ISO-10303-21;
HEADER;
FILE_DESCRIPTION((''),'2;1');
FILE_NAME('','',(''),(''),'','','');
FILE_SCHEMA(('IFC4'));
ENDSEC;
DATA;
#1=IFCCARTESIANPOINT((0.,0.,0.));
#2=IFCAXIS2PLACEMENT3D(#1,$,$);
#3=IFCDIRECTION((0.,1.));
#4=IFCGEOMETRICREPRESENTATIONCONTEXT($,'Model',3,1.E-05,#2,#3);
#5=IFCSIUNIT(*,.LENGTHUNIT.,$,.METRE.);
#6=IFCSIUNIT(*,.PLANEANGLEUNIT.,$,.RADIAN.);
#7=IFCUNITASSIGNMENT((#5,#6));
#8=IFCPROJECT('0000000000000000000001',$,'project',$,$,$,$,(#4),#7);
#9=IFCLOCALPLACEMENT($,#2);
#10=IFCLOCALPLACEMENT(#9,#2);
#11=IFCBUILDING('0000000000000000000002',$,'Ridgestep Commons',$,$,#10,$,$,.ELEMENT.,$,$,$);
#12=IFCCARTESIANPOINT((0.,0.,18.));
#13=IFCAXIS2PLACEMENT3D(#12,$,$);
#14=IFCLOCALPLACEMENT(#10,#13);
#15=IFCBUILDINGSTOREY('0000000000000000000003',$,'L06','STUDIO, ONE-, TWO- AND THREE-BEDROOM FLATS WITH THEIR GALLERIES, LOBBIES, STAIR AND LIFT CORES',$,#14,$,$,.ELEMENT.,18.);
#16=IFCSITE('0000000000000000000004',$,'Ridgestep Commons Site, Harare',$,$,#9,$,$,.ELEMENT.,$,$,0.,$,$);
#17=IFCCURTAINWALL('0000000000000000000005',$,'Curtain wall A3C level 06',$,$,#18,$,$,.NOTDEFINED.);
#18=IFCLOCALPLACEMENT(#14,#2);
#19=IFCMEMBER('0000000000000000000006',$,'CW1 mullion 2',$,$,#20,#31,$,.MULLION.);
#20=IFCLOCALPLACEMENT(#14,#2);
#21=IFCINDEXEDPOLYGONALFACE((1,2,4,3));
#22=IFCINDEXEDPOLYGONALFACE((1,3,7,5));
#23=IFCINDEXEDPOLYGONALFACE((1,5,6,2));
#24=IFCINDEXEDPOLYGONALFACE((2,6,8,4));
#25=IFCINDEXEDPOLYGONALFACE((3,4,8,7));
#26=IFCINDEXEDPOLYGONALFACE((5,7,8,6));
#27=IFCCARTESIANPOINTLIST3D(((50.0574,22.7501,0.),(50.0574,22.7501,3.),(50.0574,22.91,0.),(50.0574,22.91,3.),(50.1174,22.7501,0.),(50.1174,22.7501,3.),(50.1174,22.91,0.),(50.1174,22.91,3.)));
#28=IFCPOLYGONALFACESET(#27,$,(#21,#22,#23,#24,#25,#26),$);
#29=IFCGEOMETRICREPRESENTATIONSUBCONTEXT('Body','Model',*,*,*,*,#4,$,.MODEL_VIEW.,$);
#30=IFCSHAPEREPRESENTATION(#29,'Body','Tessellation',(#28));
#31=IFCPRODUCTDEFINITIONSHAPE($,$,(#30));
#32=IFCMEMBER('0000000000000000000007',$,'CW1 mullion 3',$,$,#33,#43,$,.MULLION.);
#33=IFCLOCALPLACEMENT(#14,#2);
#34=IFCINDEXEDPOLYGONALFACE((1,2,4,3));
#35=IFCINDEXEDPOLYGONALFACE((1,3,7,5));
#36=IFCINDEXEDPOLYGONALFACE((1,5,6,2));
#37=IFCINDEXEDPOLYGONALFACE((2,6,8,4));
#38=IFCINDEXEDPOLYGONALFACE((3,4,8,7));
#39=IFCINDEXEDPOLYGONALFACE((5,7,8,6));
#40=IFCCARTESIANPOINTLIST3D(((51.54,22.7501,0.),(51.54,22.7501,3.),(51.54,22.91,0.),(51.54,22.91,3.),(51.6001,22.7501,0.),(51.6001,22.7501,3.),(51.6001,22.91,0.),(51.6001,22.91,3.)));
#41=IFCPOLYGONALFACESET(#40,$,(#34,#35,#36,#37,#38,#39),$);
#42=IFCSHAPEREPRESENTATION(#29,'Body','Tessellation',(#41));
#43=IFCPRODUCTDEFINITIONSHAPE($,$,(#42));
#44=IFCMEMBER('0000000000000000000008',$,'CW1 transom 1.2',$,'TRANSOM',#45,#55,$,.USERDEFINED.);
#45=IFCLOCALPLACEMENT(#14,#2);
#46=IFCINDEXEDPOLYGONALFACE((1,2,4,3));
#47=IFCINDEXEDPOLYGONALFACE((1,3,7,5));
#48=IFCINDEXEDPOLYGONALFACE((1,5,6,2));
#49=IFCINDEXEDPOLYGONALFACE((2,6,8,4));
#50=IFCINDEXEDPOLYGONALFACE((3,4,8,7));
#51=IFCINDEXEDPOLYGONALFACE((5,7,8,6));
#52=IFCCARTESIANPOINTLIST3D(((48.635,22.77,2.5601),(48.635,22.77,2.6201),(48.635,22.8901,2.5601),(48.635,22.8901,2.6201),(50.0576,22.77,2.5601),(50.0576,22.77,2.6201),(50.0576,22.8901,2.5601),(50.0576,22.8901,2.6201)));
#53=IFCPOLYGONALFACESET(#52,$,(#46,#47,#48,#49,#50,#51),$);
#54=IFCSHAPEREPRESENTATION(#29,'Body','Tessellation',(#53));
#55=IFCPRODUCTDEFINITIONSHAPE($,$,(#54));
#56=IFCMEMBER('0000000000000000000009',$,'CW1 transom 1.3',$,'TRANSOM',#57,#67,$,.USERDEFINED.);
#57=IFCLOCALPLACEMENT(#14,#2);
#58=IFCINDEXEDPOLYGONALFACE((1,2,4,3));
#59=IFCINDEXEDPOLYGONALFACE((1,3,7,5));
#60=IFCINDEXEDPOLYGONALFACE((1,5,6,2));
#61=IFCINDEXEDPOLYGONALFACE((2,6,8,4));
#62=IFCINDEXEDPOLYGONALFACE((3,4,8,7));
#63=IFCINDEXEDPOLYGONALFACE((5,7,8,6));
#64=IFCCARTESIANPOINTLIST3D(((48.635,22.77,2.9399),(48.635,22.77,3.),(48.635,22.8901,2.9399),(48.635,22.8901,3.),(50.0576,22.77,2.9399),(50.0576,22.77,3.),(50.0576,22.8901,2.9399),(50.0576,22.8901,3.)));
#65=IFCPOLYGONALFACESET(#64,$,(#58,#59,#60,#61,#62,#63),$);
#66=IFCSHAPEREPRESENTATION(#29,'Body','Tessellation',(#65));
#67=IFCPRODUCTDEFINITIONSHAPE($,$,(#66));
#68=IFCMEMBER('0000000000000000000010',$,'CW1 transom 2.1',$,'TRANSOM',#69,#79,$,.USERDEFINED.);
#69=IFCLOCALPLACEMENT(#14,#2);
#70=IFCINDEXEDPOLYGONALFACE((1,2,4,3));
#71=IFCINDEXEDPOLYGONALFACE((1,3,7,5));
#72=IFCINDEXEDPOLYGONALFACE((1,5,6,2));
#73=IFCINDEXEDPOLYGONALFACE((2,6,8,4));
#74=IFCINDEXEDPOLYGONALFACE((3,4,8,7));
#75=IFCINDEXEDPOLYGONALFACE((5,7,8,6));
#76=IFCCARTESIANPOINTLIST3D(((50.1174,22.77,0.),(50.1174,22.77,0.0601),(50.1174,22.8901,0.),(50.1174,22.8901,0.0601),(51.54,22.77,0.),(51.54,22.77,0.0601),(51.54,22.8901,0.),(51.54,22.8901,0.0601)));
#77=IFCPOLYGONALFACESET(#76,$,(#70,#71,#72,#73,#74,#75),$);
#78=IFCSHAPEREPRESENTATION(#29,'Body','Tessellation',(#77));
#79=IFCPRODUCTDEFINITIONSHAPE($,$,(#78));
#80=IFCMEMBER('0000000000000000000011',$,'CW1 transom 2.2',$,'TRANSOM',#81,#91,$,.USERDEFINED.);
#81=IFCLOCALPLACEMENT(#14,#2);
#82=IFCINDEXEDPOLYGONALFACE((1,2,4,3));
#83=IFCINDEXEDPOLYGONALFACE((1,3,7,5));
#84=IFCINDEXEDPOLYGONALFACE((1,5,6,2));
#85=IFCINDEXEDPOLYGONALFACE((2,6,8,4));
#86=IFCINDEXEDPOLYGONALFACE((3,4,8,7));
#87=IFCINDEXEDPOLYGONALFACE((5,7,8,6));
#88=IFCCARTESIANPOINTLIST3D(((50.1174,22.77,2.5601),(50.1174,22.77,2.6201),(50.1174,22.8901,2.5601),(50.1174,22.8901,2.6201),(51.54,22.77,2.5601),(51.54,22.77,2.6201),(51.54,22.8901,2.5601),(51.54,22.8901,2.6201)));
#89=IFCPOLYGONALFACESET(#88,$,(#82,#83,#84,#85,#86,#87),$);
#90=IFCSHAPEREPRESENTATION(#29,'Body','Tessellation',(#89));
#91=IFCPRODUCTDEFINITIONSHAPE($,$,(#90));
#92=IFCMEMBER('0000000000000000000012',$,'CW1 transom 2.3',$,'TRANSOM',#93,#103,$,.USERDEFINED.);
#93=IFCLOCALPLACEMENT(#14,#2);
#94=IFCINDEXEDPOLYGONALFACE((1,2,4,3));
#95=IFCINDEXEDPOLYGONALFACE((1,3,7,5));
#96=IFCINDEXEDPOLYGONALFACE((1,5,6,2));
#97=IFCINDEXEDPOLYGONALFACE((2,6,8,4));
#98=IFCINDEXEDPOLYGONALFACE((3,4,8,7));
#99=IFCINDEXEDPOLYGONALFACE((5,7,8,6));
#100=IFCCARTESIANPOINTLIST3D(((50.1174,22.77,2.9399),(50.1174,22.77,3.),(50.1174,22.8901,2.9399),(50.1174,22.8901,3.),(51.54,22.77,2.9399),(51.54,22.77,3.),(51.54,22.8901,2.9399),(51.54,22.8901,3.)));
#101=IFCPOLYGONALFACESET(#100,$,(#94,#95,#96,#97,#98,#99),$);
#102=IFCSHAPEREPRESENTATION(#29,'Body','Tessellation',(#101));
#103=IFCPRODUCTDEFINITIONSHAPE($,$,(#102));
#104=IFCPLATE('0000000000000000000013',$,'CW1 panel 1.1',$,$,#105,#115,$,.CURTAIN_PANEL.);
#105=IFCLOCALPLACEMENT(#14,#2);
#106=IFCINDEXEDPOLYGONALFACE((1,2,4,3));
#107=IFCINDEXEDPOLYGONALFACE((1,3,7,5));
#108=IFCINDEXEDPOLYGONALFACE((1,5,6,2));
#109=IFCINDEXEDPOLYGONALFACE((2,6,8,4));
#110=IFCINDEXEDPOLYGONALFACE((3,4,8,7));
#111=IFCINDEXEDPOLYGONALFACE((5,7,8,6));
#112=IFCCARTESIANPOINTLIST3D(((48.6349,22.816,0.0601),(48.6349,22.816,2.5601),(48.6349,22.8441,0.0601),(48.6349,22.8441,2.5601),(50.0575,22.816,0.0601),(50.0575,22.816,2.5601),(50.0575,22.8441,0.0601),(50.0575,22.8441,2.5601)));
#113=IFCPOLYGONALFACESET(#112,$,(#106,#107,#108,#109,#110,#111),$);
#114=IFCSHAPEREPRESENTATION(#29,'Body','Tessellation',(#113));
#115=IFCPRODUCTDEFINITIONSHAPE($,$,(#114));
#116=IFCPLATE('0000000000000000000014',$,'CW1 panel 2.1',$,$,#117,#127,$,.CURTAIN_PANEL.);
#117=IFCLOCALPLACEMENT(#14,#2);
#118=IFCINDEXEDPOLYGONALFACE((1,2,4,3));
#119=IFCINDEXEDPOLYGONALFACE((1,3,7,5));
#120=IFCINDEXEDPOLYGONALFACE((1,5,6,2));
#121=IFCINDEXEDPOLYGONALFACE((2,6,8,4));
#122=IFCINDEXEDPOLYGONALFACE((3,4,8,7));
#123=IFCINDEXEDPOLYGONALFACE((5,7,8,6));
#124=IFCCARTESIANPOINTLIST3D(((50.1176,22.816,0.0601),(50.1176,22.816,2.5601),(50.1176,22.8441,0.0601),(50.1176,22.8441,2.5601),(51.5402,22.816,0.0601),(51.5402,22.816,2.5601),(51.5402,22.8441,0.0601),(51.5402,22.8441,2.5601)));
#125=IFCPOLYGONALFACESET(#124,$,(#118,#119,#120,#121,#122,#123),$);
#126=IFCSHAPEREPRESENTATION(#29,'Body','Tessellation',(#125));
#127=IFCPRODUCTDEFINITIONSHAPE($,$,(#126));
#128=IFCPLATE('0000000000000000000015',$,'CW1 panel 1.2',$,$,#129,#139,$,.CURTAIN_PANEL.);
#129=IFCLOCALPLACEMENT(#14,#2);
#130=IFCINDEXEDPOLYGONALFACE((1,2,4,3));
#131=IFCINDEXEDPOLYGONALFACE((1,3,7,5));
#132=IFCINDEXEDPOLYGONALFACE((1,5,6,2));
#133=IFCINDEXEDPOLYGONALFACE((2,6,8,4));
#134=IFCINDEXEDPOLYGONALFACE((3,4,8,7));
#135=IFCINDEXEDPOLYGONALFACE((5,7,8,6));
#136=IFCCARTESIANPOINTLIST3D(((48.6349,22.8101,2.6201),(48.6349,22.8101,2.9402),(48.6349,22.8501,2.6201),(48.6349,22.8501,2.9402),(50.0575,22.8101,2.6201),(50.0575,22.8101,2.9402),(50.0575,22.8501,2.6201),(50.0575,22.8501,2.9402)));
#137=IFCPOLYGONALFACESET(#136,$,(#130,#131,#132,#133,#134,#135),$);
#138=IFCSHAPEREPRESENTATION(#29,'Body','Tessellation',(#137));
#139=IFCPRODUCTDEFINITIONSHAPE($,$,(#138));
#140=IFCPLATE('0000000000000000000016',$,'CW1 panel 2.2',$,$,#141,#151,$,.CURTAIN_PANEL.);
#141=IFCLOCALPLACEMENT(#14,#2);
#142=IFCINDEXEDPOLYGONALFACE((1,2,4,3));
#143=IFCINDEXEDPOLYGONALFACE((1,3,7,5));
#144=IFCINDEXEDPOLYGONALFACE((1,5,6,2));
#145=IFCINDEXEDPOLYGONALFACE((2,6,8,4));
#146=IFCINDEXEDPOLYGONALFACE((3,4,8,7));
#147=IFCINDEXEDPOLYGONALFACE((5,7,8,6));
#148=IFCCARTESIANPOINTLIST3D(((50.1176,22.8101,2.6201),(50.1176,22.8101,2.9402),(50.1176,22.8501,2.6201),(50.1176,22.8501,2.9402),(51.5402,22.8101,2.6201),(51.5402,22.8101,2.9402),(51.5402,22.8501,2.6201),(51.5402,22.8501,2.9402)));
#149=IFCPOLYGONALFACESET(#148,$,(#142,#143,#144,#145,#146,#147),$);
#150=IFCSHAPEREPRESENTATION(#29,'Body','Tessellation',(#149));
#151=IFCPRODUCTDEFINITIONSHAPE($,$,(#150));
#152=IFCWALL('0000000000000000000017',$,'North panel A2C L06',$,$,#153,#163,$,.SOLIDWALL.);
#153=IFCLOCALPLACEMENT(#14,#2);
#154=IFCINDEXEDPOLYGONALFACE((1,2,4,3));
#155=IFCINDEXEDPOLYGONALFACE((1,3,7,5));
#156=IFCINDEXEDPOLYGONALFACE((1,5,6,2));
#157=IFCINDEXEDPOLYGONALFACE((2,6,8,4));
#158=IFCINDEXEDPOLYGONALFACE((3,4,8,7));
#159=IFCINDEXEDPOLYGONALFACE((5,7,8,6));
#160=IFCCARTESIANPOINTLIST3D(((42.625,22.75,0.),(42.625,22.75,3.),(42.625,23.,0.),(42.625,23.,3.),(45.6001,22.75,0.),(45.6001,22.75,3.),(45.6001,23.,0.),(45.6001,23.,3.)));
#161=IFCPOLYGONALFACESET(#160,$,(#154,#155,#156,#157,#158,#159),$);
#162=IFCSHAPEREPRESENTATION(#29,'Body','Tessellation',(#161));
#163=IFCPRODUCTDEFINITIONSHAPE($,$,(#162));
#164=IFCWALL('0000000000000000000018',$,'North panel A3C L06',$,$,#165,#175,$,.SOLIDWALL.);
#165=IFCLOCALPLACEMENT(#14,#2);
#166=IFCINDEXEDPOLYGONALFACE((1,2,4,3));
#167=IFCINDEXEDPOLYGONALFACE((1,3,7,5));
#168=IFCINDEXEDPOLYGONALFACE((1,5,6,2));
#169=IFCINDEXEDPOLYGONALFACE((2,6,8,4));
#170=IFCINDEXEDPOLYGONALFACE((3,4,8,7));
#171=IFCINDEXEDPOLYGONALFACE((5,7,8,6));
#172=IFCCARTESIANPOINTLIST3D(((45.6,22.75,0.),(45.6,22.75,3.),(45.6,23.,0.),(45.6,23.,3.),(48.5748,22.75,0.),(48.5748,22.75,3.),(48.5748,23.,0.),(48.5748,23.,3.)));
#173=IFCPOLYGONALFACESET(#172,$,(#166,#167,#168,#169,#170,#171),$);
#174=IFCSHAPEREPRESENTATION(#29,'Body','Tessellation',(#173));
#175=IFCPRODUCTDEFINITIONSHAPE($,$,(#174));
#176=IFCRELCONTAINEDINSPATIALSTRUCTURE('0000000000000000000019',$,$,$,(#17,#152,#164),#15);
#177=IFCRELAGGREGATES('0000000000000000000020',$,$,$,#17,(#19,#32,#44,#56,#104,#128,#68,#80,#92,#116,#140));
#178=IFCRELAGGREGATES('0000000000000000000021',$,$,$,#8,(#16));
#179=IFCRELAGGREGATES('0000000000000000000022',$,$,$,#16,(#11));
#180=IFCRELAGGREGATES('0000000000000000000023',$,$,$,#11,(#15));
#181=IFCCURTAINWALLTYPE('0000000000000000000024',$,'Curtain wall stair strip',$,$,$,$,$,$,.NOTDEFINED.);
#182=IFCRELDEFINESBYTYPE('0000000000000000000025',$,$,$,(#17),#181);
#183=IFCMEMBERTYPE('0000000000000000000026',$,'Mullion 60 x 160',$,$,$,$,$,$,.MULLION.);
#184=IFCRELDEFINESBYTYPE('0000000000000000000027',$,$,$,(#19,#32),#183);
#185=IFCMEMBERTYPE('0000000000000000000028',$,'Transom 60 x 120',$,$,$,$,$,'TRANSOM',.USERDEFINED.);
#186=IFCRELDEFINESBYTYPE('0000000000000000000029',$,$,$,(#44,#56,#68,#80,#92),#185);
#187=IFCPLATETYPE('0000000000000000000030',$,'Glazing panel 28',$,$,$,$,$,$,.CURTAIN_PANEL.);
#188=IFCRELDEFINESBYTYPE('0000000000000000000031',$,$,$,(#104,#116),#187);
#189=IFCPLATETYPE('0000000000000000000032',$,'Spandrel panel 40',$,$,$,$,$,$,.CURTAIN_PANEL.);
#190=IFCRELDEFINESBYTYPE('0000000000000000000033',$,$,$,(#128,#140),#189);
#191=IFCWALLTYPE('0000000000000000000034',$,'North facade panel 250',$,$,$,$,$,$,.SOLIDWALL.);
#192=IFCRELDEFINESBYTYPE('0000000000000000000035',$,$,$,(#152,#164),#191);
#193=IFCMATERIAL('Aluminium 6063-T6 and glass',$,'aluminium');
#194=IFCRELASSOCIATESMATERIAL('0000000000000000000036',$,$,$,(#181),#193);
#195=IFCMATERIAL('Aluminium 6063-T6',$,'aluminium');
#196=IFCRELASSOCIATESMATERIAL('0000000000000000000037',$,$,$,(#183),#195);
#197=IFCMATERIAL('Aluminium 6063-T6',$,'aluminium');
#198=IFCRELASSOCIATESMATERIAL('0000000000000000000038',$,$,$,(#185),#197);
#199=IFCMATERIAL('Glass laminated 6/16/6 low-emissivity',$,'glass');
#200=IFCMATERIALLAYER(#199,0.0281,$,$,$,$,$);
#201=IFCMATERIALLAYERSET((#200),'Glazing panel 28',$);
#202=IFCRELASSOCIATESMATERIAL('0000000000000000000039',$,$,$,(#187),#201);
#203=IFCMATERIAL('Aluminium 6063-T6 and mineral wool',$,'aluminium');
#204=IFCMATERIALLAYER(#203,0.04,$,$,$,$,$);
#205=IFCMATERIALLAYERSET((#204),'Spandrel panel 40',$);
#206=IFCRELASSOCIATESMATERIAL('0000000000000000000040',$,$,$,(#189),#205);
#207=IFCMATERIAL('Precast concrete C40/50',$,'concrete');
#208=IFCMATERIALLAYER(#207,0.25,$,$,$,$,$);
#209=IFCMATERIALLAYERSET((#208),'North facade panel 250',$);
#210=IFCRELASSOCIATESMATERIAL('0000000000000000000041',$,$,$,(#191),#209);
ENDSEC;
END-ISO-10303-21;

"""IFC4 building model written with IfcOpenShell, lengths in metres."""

from ifc_helpers import new_model, si_unit, direction, frame, frame_2d, origin, origin_2d, place, context, subcontext, project, spatial, rectangle, extrude, material, layer, layer_set, material_profile, profile_set, type_object, element, aggregate, save


model = new_model("IFC4")

# Units and contexts
model_context = context("Model", 3, precision=1e-05, world=origin(), true_north=direction((0.0, 1.0)))
body_context = subcontext(model_context, "Body", "Model", "MODEL_VIEW")
ifc_project = project(units=[si_unit("LENGTHUNIT", "METRE"), si_unit("PLANEANGLEUNIT", "RADIAN")], contexts=[model_context])

# Site, building, storey
site_placement = place(None, origin())
site = spatial("IfcSite", under=ifc_project, at=site_placement, Name="Ridgestep Commons Site, Harare", CompositionType="ELEMENT", RefElevation=0.0)
building_placement = place(site_placement, origin())
building = spatial("IfcBuilding", under=site, at=building_placement, Name="Ridgestep Commons", CompositionType="ELEMENT")
storey_placement = place(building_placement, frame((0.0, 0.0, 18.0)))
storey = spatial("IfcBuildingStorey", under=building, at=storey_placement, Name="L06", Description="STUDIO, ONE-, TWO- AND THREE-BEDROOM FLATS WITH THEIR GALLERIES, LOBBIES, STAIR AND LIFT CORES", CompositionType="ELEMENT", Elevation=18.0)

# Curtain wall, members, plates
ifc_material_1 = material(Name="Aluminium 6063-T6 and glass", Category="aluminium")
curtain_wall_type = type_object("IfcCurtainWallType", Name="Curtain wall stair strip", PredefinedType="NOTDEFINED", material=ifc_material_1)
curtain_wall_placement = place(storey_placement, origin())
curtain_wall = element("IfcCurtainWall", 1, at=curtain_wall_placement, inside=storey, type_object=curtain_wall_type, Name="Curtain wall A3C level 06", PredefinedType="NOTDEFINED")
ifc_material_2 = material(Name="Aluminium 6063-T6", Category="aluminium")
ifc_material_profile_1 = material_profile(ifc_material_2, rectangle(XDim=0.1599, YDim=0.0601, at=origin_2d()), Name="Mullion 60 x 160")
ifc_profile_set_1 = profile_set([ifc_material_profile_1], Name="Aluminium 6063-T6")
member_type_1 = type_object("IfcMemberType", Name="Mullion 60 x 160", PredefinedType="MULLION", material=ifc_profile_set_1)
member_1_placement = place(storey_placement, frame((50.0874, 22.8301, 0.0), z_axis=(0.0, 0.0, 1.0), x_axis=(0.0, 1.0, 0.0)))
member_1 = element("IfcMember", 2, at=member_1_placement, type_object=member_type_1, Name="CW1 mullion 2", PredefinedType="MULLION", context=body_context, shape_type="SweptSolid", body=[
    extrude(rectangle(XDim=0.1599, YDim=0.0601, at=origin_2d()), origin(), (0.0, 0.0, 1.0), 3.0),
])
member_2_placement = place(storey_placement, frame((51.5701, 22.8301, 0.0), z_axis=(0.0, 0.0, 1.0), x_axis=(0.0, 1.0, 0.0)))
member_2 = element("IfcMember", 3, at=member_2_placement, type_object=member_type_1, Name="CW1 mullion 3", PredefinedType="MULLION", context=body_context, shape_type="SweptSolid", body=[
    extrude(rectangle(XDim=0.1599, YDim=0.0601, at=origin_2d()), origin(), (0.0, 0.0, 1.0), 3.0),
])
ifc_material_3 = material(Name="Aluminium 6063-T6", Category="aluminium")
ifc_material_profile_2 = material_profile(ifc_material_3, rectangle(XDim=0.1201, YDim=0.0601, at=origin_2d()), Name="Transom 60 x 120")
ifc_profile_set_2 = profile_set([ifc_material_profile_2], Name="Aluminium 6063-T6")
member_type_2 = type_object("IfcMemberType", Name="Transom 60 x 120", ElementType="TRANSOM", PredefinedType="USERDEFINED", material=ifc_profile_set_2)
member_3_placement = place(storey_placement, frame((48.635, 22.8301, 2.5901), z_axis=(1.0, 0.0, 0.0), x_axis=(0.0, 1.0, 0.0)))
member_3 = element("IfcMember", 4, at=member_3_placement, type_object=member_type_2, Name="CW1 transom 1.2", ObjectType="TRANSOM", PredefinedType="USERDEFINED", context=body_context, shape_type="SweptSolid", body=[
    extrude(rectangle(XDim=0.1201, YDim=0.0601, at=origin_2d()), origin(), (0.0, 0.0, 1.0), 1.4226),
])
member_4_placement = place(storey_placement, frame((48.635, 22.8301, 2.97), z_axis=(1.0, 0.0, 0.0), x_axis=(0.0, 1.0, 0.0)))
member_4 = element("IfcMember", 5, at=member_4_placement, type_object=member_type_2, Name="CW1 transom 1.3", ObjectType="TRANSOM", PredefinedType="USERDEFINED", context=body_context, shape_type="SweptSolid", body=[
    extrude(rectangle(XDim=0.1201, YDim=0.0601, at=origin_2d()), origin(), (0.0, 0.0, 1.0), 1.4226),
])
member_5_placement = place(storey_placement, frame((50.1174, 22.8301, 0.03), z_axis=(1.0, 0.0, 0.0), x_axis=(0.0, 1.0, 0.0)))
member_5 = element("IfcMember", 6, at=member_5_placement, type_object=member_type_2, Name="CW1 transom 2.1", ObjectType="TRANSOM", PredefinedType="USERDEFINED", context=body_context, shape_type="SweptSolid", body=[
    extrude(rectangle(XDim=0.1201, YDim=0.0601, at=origin_2d()), origin(), (0.0, 0.0, 1.0), 1.4226),
])
member_6_placement = place(storey_placement, frame((50.1174, 22.8301, 2.5901), z_axis=(1.0, 0.0, 0.0), x_axis=(0.0, 1.0, 0.0)))
member_6 = element("IfcMember", 7, at=member_6_placement, type_object=member_type_2, Name="CW1 transom 2.2", ObjectType="TRANSOM", PredefinedType="USERDEFINED", context=body_context, shape_type="SweptSolid", body=[
    extrude(rectangle(XDim=0.1201, YDim=0.0601, at=origin_2d()), origin(), (0.0, 0.0, 1.0), 1.4226),
])
member_7_placement = place(storey_placement, frame((50.1174, 22.8301, 2.97), z_axis=(1.0, 0.0, 0.0), x_axis=(0.0, 1.0, 0.0)))
member_7 = element("IfcMember", 8, at=member_7_placement, type_object=member_type_2, Name="CW1 transom 2.3", ObjectType="TRANSOM", PredefinedType="USERDEFINED", context=body_context, shape_type="SweptSolid", body=[
    extrude(rectangle(XDim=0.1201, YDim=0.0601, at=origin_2d()), origin(), (0.0, 0.0, 1.0), 1.4226),
])
ifc_material_4 = material(Name="Glass laminated 6/16/6 low-emissivity", Category="glass")
ifc_layer_1 = layer(ifc_material_4, 0.0281)
ifc_layer_set_1 = layer_set([ifc_layer_1], Name="Glazing panel 28")
plate_type_1 = type_object("IfcPlateType", Name="Glazing panel 28", PredefinedType="CURTAIN_PANEL", material=ifc_layer_set_1)
plate_1_placement = place(storey_placement, frame((49.3462, 22.8301, 0.0601), z_axis=(0.0, 0.0, 1.0), x_axis=(1.0, 0.0, 0.0)))
plate_1 = element("IfcPlate", 9, at=plate_1_placement, type_object=plate_type_1, Name="CW1 panel 1.1", PredefinedType="CURTAIN_PANEL", context=body_context, shape_type="SweptSolid", body=[
    extrude(rectangle(XDim=1.4226, YDim=0.0281, at=origin_2d()), origin(), (0.0, 0.0, 1.0), 2.5),
])
plate_2_placement = place(storey_placement, frame((50.8289, 22.8301, 0.0601), z_axis=(0.0, 0.0, 1.0), x_axis=(1.0, 0.0, 0.0)))
plate_2 = element("IfcPlate", 10, at=plate_2_placement, type_object=plate_type_1, Name="CW1 panel 2.1", PredefinedType="CURTAIN_PANEL", context=body_context, shape_type="SweptSolid", body=[
    extrude(rectangle(XDim=1.4226, YDim=0.0281, at=origin_2d()), origin(), (0.0, 0.0, 1.0), 2.5),
])
ifc_material_5 = material(Name="Aluminium 6063-T6 and mineral wool", Category="aluminium")
ifc_layer_2 = layer(ifc_material_5, 0.04)
ifc_layer_set_2 = layer_set([ifc_layer_2], Name="Spandrel panel 40")
plate_type_2 = type_object("IfcPlateType", Name="Spandrel panel 40", PredefinedType="CURTAIN_PANEL", material=ifc_layer_set_2)
plate_3_placement = place(storey_placement, frame((49.3462, 22.8301, 2.6201), z_axis=(0.0, 0.0, 1.0), x_axis=(1.0, 0.0, 0.0)))
plate_3 = element("IfcPlate", 11, at=plate_3_placement, type_object=plate_type_2, Name="CW1 panel 1.2", PredefinedType="CURTAIN_PANEL", context=body_context, shape_type="SweptSolid", body=[
    extrude(rectangle(XDim=1.4226, YDim=0.04, at=origin_2d()), origin(), (0.0, 0.0, 1.0), 0.3201),
])
plate_4_placement = place(storey_placement, frame((50.8289, 22.8301, 2.6201), z_axis=(0.0, 0.0, 1.0), x_axis=(1.0, 0.0, 0.0)))
plate_4 = element("IfcPlate", 12, at=plate_4_placement, type_object=plate_type_2, Name="CW1 panel 2.2", PredefinedType="CURTAIN_PANEL", context=body_context, shape_type="SweptSolid", body=[
    extrude(rectangle(XDim=1.4226, YDim=0.04, at=origin_2d()), origin(), (0.0, 0.0, 1.0), 0.3201),
])
aggregate(curtain_wall, [member_1, member_2, member_3, member_4, plate_1, plate_3, member_5, member_6, member_7, plate_2, plate_4])

# Walls
ifc_material_6 = material(Name="Precast concrete C40/50", Category="concrete")
ifc_layer_3 = layer(ifc_material_6, 0.25)
ifc_layer_set_3 = layer_set([ifc_layer_3], Name="North facade panel 250")
wall_type = type_object("IfcWallType", Name="North facade panel 250", PredefinedType="SOLIDWALL", material=ifc_layer_set_3)
wall_1_placement = place(storey_placement, frame((42.625, 22.875, 0.0), z_axis=(0.0, 0.0, 1.0), x_axis=(1.0, 0.0, 0.0)))
element("IfcWall", 13, at=wall_1_placement, inside=storey, type_object=wall_type, Name="North panel A2C L06", PredefinedType="SOLIDWALL", context=body_context, shape_type="SweptSolid", body=[
    extrude(rectangle(XDim=2.9751, YDim=0.25, at=frame_2d((1.4875, 0.0))), origin(), (0.0, 0.0, 1.0), 3.0),
])
wall_2_placement = place(storey_placement, frame((45.6001, 22.875, 0.0), z_axis=(0.0, 0.0, 1.0), x_axis=(1.0, 0.0, 0.0)))
element("IfcWall", 14, at=wall_2_placement, inside=storey, type_object=wall_type, Name="North panel A3C L06", PredefinedType="SOLIDWALL", context=body_context, shape_type="SweptSolid", body=[
    extrude(rectangle(XDim=2.9749, YDim=0.25, at=frame_2d((1.4873, 0.0))), origin(), (0.0, 0.0, 1.0), 3.0),
])

save(model, "model.ifc")
